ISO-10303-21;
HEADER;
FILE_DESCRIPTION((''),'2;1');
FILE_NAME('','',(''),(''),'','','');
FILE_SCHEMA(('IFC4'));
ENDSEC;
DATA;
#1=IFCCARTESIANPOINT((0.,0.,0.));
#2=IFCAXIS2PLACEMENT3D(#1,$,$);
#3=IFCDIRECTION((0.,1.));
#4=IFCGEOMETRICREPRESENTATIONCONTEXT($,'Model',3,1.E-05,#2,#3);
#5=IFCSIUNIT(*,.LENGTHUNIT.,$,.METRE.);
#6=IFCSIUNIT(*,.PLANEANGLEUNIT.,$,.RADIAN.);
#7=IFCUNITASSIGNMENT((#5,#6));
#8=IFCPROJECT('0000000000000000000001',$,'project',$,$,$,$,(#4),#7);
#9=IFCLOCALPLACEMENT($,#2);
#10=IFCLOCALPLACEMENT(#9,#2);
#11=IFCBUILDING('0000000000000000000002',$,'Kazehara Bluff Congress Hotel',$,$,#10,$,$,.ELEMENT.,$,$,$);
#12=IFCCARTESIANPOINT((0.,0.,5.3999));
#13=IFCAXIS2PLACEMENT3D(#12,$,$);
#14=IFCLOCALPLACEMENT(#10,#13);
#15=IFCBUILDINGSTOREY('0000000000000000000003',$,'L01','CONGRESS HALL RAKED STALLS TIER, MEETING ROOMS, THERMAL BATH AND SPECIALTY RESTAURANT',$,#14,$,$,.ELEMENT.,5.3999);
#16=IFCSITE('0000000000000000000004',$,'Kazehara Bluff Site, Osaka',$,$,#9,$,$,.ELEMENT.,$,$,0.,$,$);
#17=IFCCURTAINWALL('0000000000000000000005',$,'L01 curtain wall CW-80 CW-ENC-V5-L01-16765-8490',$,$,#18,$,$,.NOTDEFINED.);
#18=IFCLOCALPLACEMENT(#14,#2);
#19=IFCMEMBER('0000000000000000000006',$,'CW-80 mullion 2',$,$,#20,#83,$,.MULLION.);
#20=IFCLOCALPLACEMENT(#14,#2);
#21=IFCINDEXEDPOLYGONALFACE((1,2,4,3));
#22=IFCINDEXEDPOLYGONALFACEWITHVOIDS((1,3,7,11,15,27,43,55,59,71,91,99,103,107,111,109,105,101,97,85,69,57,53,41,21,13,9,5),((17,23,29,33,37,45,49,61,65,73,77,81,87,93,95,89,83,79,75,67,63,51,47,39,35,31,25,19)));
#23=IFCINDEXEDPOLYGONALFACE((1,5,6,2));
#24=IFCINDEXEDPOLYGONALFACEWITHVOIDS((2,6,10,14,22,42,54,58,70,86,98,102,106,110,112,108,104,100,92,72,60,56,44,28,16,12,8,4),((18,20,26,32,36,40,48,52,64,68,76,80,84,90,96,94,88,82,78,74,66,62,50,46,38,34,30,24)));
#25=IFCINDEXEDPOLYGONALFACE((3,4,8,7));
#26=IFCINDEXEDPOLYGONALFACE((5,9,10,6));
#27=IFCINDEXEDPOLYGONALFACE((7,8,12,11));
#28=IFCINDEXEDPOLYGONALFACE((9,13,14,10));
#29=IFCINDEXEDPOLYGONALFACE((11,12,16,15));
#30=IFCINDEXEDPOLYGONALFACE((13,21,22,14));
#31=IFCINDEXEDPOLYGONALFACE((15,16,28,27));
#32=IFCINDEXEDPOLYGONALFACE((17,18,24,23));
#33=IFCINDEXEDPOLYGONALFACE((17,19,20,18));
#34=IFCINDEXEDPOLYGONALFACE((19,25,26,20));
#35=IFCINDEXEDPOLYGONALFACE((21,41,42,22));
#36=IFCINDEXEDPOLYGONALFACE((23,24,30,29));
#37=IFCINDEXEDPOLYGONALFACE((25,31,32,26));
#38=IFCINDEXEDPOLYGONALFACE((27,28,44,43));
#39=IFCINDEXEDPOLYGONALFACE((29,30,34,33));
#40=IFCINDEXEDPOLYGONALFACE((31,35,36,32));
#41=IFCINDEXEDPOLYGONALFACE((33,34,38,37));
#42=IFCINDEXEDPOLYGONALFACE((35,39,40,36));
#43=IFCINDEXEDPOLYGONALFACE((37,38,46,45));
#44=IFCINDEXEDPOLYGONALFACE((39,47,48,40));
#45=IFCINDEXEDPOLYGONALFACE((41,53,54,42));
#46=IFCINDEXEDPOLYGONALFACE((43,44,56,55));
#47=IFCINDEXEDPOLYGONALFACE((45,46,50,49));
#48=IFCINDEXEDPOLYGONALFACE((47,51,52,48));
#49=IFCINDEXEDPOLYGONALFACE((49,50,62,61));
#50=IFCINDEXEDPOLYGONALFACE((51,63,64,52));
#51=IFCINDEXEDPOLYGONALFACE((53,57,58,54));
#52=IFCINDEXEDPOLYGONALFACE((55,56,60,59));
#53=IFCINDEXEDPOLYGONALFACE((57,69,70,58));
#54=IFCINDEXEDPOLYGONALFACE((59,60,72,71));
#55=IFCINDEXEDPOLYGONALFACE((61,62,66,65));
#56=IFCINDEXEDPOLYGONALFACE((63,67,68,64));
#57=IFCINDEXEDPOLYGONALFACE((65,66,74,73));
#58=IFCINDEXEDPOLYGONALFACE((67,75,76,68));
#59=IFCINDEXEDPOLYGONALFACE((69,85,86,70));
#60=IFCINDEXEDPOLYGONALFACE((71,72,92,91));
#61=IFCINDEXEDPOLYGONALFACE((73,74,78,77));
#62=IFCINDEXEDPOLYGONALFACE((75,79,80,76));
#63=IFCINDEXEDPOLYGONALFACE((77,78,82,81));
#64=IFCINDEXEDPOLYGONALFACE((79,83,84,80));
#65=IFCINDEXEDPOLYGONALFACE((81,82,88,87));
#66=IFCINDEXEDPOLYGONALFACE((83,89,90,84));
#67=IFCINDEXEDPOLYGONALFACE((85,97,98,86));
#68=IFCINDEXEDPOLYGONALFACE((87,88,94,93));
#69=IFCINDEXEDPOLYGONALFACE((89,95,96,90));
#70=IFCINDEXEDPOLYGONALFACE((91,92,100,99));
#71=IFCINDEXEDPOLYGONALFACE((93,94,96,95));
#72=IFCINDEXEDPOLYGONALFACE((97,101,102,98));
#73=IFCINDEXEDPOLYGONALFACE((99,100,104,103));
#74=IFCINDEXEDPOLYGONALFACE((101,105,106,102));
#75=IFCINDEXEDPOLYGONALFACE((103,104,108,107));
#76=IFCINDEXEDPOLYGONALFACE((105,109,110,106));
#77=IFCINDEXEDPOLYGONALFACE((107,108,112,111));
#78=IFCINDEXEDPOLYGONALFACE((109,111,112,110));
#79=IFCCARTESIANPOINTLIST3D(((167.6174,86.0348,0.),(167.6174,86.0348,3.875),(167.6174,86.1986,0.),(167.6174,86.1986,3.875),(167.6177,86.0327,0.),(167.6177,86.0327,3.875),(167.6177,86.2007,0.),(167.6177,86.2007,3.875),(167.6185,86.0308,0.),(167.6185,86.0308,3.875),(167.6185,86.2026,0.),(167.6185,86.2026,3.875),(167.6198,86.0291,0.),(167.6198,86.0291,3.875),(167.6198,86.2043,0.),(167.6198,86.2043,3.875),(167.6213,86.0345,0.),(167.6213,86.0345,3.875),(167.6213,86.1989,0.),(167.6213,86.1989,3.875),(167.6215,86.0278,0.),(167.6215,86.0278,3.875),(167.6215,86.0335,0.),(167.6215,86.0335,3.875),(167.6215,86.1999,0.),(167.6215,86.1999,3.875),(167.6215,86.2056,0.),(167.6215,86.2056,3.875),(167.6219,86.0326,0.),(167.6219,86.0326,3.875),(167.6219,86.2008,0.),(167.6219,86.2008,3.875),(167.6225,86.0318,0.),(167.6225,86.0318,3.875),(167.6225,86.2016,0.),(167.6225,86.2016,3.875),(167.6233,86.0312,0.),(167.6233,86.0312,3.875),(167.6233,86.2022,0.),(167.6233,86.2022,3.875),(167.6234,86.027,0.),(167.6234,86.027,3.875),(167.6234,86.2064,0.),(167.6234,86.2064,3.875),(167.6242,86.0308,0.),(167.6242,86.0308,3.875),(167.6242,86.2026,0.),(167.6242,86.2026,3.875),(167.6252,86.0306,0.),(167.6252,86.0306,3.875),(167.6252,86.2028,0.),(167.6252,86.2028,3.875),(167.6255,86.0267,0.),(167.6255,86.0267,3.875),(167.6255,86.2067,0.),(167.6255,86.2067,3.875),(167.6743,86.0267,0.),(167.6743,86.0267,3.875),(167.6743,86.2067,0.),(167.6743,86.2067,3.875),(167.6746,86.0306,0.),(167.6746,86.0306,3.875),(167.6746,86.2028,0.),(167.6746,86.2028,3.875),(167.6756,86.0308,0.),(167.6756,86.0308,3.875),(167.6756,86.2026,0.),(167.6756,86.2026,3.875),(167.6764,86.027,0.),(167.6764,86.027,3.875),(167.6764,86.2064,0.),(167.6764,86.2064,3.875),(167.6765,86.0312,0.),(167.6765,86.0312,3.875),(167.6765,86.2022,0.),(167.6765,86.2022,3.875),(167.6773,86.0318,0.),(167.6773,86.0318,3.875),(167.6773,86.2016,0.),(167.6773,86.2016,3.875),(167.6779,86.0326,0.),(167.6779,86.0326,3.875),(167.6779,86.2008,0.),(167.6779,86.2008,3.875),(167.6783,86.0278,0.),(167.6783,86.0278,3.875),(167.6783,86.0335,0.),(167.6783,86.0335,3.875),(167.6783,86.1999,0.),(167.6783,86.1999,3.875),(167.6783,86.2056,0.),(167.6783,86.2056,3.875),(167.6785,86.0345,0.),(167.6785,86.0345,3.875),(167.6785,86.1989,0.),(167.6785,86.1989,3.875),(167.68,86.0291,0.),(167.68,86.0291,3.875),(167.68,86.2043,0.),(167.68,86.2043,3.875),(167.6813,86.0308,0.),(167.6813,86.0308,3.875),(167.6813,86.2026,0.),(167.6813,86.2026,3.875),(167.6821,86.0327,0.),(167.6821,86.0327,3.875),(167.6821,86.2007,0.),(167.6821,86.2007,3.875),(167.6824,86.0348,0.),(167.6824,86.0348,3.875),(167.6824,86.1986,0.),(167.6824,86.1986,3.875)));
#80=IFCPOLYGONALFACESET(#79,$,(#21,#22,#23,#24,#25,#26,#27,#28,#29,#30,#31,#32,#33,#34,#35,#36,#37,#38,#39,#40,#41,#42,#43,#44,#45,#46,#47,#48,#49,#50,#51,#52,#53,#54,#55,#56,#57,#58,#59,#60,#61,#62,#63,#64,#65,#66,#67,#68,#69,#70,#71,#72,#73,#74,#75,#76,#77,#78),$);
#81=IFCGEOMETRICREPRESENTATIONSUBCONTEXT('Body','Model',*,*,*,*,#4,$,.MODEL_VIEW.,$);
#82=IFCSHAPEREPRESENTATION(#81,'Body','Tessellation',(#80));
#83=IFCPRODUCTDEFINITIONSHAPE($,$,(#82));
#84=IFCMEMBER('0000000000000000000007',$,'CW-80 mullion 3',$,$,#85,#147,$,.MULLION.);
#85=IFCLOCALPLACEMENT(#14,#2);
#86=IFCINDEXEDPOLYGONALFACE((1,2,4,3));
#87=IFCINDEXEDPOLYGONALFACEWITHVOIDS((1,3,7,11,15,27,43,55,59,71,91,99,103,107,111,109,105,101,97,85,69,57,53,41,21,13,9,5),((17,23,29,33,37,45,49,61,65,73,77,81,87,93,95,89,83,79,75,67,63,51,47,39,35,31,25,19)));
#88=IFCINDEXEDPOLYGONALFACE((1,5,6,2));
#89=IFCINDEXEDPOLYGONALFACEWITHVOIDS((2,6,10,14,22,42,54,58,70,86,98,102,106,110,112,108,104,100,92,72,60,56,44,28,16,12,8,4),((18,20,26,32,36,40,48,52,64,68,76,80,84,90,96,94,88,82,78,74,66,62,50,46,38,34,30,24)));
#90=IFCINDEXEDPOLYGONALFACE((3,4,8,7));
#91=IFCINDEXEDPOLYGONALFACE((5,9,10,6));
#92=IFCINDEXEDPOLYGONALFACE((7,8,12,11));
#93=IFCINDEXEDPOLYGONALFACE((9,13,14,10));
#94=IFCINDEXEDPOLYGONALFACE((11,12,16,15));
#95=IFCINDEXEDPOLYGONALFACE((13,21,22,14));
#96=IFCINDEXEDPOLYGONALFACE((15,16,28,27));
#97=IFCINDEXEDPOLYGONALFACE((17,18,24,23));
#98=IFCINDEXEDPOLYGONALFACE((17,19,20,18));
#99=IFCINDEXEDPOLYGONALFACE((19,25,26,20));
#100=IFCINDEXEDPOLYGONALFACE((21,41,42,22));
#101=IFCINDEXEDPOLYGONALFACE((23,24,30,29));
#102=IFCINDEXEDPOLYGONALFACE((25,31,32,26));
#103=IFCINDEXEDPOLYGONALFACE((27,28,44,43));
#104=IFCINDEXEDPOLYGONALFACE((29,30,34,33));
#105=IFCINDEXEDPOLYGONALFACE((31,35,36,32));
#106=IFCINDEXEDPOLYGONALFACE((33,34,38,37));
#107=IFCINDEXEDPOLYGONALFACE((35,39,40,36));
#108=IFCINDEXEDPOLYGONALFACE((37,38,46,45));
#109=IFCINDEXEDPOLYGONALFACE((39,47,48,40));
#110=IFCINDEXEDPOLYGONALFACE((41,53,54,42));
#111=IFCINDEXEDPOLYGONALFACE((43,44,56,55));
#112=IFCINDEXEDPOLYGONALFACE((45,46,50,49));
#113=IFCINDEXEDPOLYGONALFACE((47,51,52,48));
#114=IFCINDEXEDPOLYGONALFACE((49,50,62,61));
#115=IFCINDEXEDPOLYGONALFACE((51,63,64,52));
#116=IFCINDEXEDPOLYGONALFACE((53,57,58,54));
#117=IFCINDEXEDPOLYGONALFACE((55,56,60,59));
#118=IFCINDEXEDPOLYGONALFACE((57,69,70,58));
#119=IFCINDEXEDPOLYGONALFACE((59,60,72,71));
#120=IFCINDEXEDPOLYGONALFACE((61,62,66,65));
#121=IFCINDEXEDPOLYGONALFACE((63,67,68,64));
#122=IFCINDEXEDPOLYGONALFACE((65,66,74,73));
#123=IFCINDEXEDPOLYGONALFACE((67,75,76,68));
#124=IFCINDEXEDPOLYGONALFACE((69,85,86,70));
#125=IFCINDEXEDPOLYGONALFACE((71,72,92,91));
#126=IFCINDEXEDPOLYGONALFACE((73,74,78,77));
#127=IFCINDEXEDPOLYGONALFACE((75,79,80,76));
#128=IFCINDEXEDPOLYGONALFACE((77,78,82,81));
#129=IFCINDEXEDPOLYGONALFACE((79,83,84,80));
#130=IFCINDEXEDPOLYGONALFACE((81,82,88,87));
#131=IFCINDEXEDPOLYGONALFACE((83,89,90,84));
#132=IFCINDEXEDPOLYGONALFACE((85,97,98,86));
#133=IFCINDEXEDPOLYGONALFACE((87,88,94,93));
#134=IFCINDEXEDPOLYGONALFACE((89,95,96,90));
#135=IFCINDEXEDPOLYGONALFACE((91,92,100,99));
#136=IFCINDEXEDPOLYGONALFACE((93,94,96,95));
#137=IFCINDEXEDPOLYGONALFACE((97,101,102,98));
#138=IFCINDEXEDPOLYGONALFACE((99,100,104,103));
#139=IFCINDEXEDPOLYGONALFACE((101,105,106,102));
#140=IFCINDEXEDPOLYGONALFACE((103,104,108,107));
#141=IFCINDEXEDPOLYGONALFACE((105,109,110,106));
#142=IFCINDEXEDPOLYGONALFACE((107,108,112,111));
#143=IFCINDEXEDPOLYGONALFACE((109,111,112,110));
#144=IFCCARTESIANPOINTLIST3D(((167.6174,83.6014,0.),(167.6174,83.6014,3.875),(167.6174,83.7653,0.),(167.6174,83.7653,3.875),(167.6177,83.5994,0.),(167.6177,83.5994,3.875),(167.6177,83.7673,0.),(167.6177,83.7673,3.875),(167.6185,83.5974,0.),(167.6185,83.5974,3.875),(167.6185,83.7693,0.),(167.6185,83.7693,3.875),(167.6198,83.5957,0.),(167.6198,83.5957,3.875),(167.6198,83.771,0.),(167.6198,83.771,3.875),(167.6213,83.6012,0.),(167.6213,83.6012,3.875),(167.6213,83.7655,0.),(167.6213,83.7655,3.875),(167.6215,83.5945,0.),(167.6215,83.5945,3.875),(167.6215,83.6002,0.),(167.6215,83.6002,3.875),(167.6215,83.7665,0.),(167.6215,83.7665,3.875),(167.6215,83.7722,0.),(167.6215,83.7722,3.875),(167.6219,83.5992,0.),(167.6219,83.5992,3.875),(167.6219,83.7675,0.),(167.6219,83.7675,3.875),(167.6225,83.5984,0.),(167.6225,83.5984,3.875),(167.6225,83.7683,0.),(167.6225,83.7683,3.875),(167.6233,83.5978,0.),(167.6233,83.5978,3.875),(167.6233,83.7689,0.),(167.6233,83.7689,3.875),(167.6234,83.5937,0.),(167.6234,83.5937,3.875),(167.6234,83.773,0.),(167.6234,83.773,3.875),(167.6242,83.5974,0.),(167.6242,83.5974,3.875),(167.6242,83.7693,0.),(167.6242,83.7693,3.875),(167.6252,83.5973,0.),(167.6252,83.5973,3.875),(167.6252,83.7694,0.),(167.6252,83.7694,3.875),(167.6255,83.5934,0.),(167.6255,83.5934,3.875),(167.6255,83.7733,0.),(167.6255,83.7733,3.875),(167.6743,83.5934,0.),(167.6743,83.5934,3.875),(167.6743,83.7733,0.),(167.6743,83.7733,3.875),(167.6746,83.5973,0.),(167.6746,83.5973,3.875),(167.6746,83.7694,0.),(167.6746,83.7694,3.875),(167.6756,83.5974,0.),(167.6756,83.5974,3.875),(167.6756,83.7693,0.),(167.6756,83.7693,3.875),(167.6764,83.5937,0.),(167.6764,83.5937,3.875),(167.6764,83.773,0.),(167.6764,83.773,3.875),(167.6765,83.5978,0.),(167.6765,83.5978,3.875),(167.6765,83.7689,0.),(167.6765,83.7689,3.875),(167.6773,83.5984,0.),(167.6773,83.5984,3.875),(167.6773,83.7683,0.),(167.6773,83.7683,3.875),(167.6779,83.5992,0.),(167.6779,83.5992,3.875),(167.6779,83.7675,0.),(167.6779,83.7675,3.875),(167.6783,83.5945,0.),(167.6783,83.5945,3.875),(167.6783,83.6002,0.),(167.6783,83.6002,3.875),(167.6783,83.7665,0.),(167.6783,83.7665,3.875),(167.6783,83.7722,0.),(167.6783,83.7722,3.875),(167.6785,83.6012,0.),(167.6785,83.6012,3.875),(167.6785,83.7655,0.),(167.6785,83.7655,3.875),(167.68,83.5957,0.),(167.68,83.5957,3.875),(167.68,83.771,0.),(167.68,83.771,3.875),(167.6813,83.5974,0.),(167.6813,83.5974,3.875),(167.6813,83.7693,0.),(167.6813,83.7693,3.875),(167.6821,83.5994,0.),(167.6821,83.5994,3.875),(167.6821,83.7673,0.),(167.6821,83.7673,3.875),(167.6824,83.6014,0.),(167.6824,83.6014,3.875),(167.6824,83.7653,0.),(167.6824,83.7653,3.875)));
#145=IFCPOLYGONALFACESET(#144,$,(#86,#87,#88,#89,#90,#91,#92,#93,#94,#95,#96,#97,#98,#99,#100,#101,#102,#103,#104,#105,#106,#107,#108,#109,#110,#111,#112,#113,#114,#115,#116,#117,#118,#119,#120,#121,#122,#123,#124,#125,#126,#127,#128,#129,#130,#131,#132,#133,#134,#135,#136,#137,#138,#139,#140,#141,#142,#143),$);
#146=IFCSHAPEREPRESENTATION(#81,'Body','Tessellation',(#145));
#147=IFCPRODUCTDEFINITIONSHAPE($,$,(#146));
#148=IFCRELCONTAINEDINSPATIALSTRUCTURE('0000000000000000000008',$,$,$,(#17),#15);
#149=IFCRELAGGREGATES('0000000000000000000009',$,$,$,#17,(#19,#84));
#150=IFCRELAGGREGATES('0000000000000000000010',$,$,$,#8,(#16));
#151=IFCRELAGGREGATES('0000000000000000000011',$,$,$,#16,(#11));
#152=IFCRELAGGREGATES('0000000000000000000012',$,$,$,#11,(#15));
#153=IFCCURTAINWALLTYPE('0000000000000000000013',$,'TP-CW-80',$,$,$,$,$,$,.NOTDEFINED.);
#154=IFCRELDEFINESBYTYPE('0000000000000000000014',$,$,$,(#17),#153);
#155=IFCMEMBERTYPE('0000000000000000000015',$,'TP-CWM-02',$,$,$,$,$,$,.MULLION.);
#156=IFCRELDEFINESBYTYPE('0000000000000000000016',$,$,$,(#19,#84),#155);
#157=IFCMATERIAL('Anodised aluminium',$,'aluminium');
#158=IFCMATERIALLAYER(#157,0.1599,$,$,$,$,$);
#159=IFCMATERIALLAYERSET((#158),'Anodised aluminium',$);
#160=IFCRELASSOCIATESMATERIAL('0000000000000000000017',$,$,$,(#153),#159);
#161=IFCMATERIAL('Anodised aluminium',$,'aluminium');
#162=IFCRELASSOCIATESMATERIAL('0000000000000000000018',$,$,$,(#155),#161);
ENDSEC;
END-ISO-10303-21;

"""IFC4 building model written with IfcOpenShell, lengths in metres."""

from ifc_helpers import new_model, si_unit, direction, frame, origin, origin_2d, place, context, subcontext, project, spatial, hollow_rectangle, extrude, material, layer, layer_set, material_profile, profile_set, type_object, element, aggregate, save


model = new_model("IFC4")

# Units and contexts
model_context = context("Model", 3, precision=1e-05, world=origin(), true_north=direction((0.0, 1.0)))
body_context = subcontext(model_context, "Body", "Model", "MODEL_VIEW")
ifc_project = project(units=[si_unit("LENGTHUNIT", "METRE"), si_unit("PLANEANGLEUNIT", "RADIAN")], contexts=[model_context])

# Site, building, storey
site_placement = place(None, origin())
site = spatial("IfcSite", under=ifc_project, at=site_placement, Name="Kazehara Bluff Site, Osaka", CompositionType="ELEMENT", RefElevation=0.0)
building_placement = place(site_placement, origin())
building = spatial("IfcBuilding", under=site, at=building_placement, Name="Kazehara Bluff Congress Hotel", CompositionType="ELEMENT")
storey_placement = place(building_placement, frame((0.0, 0.0, 5.3999)))
storey = spatial("IfcBuildingStorey", under=building, at=storey_placement, Name="L01", Description="CONGRESS HALL RAKED STALLS TIER, MEETING ROOMS, THERMAL BATH AND SPECIALTY RESTAURANT", CompositionType="ELEMENT", Elevation=5.3999)

# Curtain wall, members
ifc_material_1 = material(Name="Anodised aluminium", Category="aluminium")
ifc_layer_1 = layer(ifc_material_1, 0.1599)
ifc_layer_set_1 = layer_set([ifc_layer_1], Name="Anodised aluminium")
curtain_wall_type = type_object("IfcCurtainWallType", Name="TP-CW-80", PredefinedType="NOTDEFINED", material=ifc_layer_set_1)
curtain_wall_1_placement = place(storey_placement, origin())
curtain_wall_1 = element("IfcCurtainWall", 1, at=curtain_wall_1_placement, inside=storey, type_object=curtain_wall_type, Name="L01 curtain wall CW-80 CW-ENC-V5-L01-16765-8490", PredefinedType="NOTDEFINED")
ifc_material_2 = material(Name="Anodised aluminium", Category="aluminium")
ifc_material_profile_1 = material_profile(ifc_material_2, hollow_rectangle(XDim=0.0649, YDim=0.1799, WallThickness=0.0039, InnerFilletRadius=0.0039, OuterFilletRadius=0.0081, at=origin_2d()))
ifc_profile_set_1 = profile_set([ifc_material_profile_1], Name="Anodised aluminium")
member_type_1 = type_object("IfcMemberType", Name="TP-CWM-02", PredefinedType="MULLION", material=ifc_profile_set_1)
member_1_placement = place(storey_placement, frame((167.6499, 86.1167, 0.0), z_axis=(0.0, 0.0, 1.0), x_axis=(1.0, 0.0, 0.0)))
member_1 = element("IfcMember", 2, at=member_1_placement, type_object=member_type_1, Name="CW-80 mullion 2", PredefinedType="MULLION", context=body_context, shape_type="SweptSolid", body=[
    extrude(hollow_rectangle(XDim=0.0649, YDim=0.1799, WallThickness=0.0039, InnerFilletRadius=0.0039, OuterFilletRadius=0.0081, at=origin_2d()), origin(), (0.0, 0.0, 1.0), 3.875),
])
member_2_placement = place(storey_placement, frame((167.6499, 83.6833, 0.0), z_axis=(0.0, 0.0, 1.0), x_axis=(1.0, 0.0, 0.0)))
member_2 = element("IfcMember", 3, at=member_2_placement, type_object=member_type_1, Name="CW-80 mullion 3", PredefinedType="MULLION", context=body_context, shape_type="SweptSolid", body=[
    extrude(hollow_rectangle(XDim=0.0649, YDim=0.1799, WallThickness=0.0039, InnerFilletRadius=0.0039, OuterFilletRadius=0.0081, at=origin_2d()), origin(), (0.0, 0.0, 1.0), 3.875),
])

aggregate(curtain_wall_1, [member_1, member_2])

save(model, "model.ifc")
